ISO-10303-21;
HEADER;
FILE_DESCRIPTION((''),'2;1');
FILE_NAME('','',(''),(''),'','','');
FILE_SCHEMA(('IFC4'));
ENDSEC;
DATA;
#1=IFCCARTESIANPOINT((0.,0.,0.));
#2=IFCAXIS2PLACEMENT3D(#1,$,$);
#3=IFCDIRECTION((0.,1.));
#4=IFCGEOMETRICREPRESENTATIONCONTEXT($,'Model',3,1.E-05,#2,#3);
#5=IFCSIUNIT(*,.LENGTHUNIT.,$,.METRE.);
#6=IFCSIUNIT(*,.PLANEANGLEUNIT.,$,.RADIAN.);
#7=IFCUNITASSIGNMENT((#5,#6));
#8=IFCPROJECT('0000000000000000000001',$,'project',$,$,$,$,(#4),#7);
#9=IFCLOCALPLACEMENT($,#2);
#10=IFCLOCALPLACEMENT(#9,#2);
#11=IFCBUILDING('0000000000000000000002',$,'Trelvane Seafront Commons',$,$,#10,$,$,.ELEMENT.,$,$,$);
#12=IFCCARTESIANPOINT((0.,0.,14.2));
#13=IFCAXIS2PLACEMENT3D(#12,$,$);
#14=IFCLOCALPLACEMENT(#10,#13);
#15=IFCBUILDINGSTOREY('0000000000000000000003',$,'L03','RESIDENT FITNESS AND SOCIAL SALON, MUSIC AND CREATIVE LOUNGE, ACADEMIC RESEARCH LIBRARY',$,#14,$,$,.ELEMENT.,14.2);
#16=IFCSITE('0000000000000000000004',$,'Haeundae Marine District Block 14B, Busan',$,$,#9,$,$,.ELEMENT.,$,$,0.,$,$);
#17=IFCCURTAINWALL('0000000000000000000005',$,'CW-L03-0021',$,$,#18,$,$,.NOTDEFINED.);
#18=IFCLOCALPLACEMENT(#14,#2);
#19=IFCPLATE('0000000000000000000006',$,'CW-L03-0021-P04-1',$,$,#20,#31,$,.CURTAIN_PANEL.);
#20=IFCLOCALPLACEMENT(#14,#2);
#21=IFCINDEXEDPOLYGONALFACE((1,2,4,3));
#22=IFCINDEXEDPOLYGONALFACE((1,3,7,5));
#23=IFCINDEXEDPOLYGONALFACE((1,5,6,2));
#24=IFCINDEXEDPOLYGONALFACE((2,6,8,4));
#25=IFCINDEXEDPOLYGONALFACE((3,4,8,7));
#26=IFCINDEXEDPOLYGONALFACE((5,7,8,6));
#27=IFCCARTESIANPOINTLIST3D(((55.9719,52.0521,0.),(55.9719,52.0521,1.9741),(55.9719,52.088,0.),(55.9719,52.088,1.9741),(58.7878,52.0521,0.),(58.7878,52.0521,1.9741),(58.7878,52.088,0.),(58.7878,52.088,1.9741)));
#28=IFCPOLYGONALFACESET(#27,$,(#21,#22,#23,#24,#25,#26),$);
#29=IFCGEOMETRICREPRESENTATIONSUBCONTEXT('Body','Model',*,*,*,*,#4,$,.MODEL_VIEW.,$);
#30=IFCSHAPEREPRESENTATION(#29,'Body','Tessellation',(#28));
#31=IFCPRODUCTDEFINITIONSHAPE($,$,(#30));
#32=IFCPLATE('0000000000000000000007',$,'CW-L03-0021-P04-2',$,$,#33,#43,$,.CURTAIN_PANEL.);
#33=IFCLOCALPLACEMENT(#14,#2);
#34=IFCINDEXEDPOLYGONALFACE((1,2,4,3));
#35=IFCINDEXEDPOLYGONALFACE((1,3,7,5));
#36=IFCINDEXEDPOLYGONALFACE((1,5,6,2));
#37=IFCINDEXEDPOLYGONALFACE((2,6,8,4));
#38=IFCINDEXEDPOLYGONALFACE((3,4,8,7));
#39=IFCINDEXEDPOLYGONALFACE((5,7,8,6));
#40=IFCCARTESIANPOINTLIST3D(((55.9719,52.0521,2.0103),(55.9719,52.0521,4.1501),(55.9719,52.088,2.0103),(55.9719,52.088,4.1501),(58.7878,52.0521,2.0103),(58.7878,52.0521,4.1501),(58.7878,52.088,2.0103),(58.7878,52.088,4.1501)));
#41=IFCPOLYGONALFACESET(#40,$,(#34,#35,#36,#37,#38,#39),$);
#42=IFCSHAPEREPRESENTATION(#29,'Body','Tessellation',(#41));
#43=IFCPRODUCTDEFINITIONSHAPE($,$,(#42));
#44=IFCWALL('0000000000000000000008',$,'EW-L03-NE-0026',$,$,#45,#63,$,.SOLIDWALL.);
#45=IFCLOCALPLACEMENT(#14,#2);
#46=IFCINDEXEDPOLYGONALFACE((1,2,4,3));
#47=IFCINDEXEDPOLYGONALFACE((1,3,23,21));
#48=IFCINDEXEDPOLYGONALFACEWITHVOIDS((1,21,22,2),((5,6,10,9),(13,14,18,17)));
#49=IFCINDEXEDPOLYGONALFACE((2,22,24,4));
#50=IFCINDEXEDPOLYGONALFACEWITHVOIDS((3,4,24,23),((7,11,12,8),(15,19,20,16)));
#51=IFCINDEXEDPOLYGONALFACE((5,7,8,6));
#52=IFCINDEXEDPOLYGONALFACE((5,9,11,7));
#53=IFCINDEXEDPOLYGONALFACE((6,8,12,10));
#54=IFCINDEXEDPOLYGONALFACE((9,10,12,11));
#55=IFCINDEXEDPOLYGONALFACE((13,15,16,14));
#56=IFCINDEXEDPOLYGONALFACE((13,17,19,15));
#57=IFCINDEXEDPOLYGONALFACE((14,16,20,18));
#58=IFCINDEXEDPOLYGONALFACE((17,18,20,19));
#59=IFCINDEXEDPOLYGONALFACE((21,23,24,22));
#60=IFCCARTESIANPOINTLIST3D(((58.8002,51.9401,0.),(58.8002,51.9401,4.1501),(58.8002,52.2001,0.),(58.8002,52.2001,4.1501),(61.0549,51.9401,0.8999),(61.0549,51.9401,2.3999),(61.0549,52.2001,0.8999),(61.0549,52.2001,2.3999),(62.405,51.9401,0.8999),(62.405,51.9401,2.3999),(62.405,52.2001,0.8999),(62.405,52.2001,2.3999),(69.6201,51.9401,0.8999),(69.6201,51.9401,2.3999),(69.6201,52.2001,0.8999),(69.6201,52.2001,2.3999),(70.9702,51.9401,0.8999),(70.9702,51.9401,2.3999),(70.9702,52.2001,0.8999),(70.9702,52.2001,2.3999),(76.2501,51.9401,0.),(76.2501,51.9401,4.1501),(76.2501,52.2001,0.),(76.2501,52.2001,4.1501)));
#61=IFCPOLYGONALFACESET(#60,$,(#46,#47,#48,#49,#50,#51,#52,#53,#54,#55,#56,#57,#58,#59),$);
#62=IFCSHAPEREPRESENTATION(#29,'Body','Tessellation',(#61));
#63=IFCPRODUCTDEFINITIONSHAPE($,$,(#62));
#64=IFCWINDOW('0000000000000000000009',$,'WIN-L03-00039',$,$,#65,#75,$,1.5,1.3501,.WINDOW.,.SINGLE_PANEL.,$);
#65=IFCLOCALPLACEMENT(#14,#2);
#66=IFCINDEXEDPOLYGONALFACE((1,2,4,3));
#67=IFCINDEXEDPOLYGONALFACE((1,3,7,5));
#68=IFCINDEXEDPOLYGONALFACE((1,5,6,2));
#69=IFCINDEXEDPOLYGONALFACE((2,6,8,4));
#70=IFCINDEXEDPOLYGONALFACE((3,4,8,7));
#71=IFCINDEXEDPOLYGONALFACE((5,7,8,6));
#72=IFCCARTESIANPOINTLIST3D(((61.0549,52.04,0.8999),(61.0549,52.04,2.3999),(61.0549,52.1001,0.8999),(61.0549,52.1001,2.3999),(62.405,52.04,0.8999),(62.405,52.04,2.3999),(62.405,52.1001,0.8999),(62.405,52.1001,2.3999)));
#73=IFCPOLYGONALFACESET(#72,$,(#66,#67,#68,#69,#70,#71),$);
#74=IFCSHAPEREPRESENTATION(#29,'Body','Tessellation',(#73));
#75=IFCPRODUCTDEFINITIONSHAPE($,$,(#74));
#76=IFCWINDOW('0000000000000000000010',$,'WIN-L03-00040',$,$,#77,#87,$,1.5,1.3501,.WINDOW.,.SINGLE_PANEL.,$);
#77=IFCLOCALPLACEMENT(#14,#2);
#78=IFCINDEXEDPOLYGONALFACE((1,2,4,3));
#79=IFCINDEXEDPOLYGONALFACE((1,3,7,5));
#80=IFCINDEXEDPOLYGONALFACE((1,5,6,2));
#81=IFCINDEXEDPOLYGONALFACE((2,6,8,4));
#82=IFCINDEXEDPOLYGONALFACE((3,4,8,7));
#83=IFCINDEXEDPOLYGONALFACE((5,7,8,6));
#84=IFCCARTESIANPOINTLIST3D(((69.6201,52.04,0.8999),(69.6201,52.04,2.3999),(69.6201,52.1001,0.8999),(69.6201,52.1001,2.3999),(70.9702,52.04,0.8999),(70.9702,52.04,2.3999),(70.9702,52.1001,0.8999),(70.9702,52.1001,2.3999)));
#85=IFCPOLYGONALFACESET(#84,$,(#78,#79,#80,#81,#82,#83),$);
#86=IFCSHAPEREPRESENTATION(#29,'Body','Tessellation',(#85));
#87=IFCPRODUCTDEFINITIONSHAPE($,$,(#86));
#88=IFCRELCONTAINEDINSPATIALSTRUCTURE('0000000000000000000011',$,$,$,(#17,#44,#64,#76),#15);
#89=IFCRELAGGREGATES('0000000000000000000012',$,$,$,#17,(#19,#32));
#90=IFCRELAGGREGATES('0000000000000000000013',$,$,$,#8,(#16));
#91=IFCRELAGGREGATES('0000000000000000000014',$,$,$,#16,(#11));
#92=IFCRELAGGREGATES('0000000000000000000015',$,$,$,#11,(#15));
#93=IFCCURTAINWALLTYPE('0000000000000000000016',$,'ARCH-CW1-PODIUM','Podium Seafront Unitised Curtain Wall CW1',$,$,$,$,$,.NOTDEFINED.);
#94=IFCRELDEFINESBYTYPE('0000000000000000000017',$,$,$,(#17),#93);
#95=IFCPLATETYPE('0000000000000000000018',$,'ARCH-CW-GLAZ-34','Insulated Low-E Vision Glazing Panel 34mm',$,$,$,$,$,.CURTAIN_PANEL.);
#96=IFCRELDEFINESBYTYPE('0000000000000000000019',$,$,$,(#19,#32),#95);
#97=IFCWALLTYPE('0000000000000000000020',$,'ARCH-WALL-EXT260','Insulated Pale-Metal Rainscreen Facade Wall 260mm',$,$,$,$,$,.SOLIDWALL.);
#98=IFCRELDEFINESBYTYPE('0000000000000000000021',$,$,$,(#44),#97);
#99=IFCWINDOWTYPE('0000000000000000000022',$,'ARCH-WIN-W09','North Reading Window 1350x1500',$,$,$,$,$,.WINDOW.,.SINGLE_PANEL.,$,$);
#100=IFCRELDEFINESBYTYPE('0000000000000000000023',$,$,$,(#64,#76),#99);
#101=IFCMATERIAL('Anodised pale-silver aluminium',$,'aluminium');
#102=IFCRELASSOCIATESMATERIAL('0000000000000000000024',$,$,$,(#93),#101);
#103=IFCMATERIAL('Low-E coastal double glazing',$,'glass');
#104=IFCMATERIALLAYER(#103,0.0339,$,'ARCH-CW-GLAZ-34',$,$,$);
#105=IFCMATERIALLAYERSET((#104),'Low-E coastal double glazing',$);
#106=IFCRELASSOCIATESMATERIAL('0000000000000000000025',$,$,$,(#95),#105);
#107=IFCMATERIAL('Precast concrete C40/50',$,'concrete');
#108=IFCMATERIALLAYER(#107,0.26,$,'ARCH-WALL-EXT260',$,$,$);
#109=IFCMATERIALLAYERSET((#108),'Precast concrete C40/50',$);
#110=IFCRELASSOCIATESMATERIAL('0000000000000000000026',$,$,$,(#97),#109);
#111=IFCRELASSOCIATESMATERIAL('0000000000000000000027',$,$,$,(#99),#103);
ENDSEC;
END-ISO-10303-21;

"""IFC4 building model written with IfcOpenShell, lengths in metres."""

from ifc_helpers import new_model, si_unit, direction, frame, frame_2d, origin, origin_2d, place, context, subcontext, project, spatial, rectangle, extrude, source, transform, mapped, material, layer, layer_set, type_object, element, fill, aggregate, save


model = new_model("IFC4")

# Units and contexts
model_context = context("Model", 3, precision=1e-05, world=origin(), true_north=direction((0.0, 1.0)))
body_context = subcontext(model_context, "Body", "Model", "MODEL_VIEW")
ifc_project = project(units=[si_unit("LENGTHUNIT", "METRE"), si_unit("PLANEANGLEUNIT", "RADIAN")], contexts=[model_context])

# Site, building, storey
site_placement = place(None, origin())
site = spatial("IfcSite", under=ifc_project, at=site_placement, Name="Haeundae Marine District Block 14B, Busan", CompositionType="ELEMENT", RefElevation=0.0)
building_placement = place(site_placement, origin())
building = spatial("IfcBuilding", under=site, at=building_placement, Name="Trelvane Seafront Commons", CompositionType="ELEMENT")
storey_placement = place(building_placement, frame((0.0, 0.0, 14.2)))
storey = spatial("IfcBuildingStorey", under=building, at=storey_placement, Name="L03", Description="RESIDENT FITNESS AND SOCIAL SALON, MUSIC AND CREATIVE LOUNGE, ACADEMIC RESEARCH LIBRARY", CompositionType="ELEMENT", Elevation=14.2)

# Curtain wall, plates
ifc_material_1 = material(Name="Anodised pale-silver aluminium", Category="aluminium")
curtain_wall_type = type_object("IfcCurtainWallType", Name="ARCH-CW1-PODIUM", Description="Podium Seafront Unitised Curtain Wall CW1", PredefinedType="NOTDEFINED", material=ifc_material_1)
curtain_wall_placement = place(storey_placement, origin())
curtain_wall = element("IfcCurtainWall", 1, at=curtain_wall_placement, inside=storey, type_object=curtain_wall_type, Name="CW-L03-0021", PredefinedType="NOTDEFINED")
ifc_material_2 = material(Name="Low-E coastal double glazing", Category="glass")
ifc_layer_1 = layer(ifc_material_2, 0.0339, Name="ARCH-CW-GLAZ-34")
ifc_layer_set_1 = layer_set([ifc_layer_1], Name="Low-E coastal double glazing")
plate_type = type_object("IfcPlateType", Name="ARCH-CW-GLAZ-34", Description="Insulated Low-E Vision Glazing Panel 34mm", PredefinedType="CURTAIN_PANEL", material=ifc_layer_set_1)
shared_shape_1 = source(origin(), body_context, "Body", "SweptSolid", [
    extrude(rectangle(XDim=2.8159, YDim=0.0359, at=origin_2d()), origin(), (0.0, 0.0, 1.0), 1.9741),
])
plate_1_placement = place(storey_placement, frame((57.3799, 52.0701, 0.0), z_axis=(0.0, 0.0, 1.0), x_axis=(1.0, 0.0, 0.0)))
plate_1 = element("IfcPlate", 2, at=plate_1_placement, type_object=plate_type, Name="CW-L03-0021-P04-1", PredefinedType="CURTAIN_PANEL", context=body_context, shape_type="MappedRepresentation", body=[
    mapped(shared_shape_1, transform((0.0, 0.0, 0.0), x_axis=(1.0, 0.0, 0.0), y_axis=(0.0, 1.0, 0.0), z_axis=(0.0, 0.0, 1.0), scale=1.0)),
])
shared_shape_2 = source(origin(), body_context, "Body", "SweptSolid", [
    extrude(rectangle(XDim=2.8159, YDim=0.0359, at=origin_2d()), origin(), (0.0, 0.0, 1.0), 2.1399),
])
plate_2_placement = place(storey_placement, frame((57.3799, 52.0701, 2.0103), z_axis=(0.0, 0.0, 1.0), x_axis=(1.0, 0.0, 0.0)))
plate_2 = element("IfcPlate", 3, at=plate_2_placement, type_object=plate_type, Name="CW-L03-0021-P04-2", PredefinedType="CURTAIN_PANEL", context=body_context, shape_type="MappedRepresentation", body=[
    mapped(shared_shape_2, transform((0.0, 0.0, 0.0), x_axis=(1.0, 0.0, 0.0), y_axis=(0.0, 1.0, 0.0), z_axis=(0.0, 0.0, 1.0), scale=1.0)),
])
aggregate(curtain_wall, [plate_1, plate_2])

# Wall, openings, windows
ifc_material_3 = material(Name="Precast concrete C40/50", Category="concrete")
ifc_layer_2 = layer(ifc_material_3, 0.26, Name="ARCH-WALL-EXT260")
ifc_layer_set_2 = layer_set([ifc_layer_2], Name="Precast concrete C40/50")
wall_type_1 = type_object("IfcWallType", Name="ARCH-WALL-EXT260", Description="Insulated Pale-Metal Rainscreen Facade Wall 260mm", PredefinedType="SOLIDWALL", material=ifc_layer_set_2)
wall_1_placement = place(storey_placement, frame((58.8, 52.0701, 0.0), z_axis=(0.0, 0.0, 1.0), x_axis=(1.0, 0.0, 0.0)))
wall_1 = element("IfcWall", 4, at=wall_1_placement, inside=storey, type_object=wall_type_1, Name="EW-L03-NE-0026", PredefinedType="SOLIDWALL", context=body_context, shape_type="SweptSolid", body=[
    extrude(rectangle(XDim=17.45, YDim=0.26, at=frame_2d((8.7251, 0.0))), origin(), (0.0, 0.0, 1.0), 4.1501),
])
opening_1_placement = place(wall_1_placement, frame((2.2549, 0.0, 0.8999)))
opening_1 = element("IfcOpeningElement", 5, at=opening_1_placement, cuts=wall_1, PredefinedType="OPENING", context=body_context, shape_type="SweptSolid", body=[
    extrude(rectangle(XDim=1.3501, YDim=1.5, at=frame_2d((0.675, 0.75))), frame((0.0, 0.1399, 0.0), z_axis=(0.0, -1.0, 0.0), x_axis=(1.0, 0.0, 0.0)), (0.0, 0.0, 1.0), 0.28),
])
opening_2_placement = place(wall_1_placement, frame((10.8201, 0.0, 0.8999)))
opening_2 = element("IfcOpeningElement", 6, at=opening_2_placement, cuts=wall_1, PredefinedType="OPENING", context=body_context, shape_type="SweptSolid", body=[
    extrude(rectangle(XDim=1.3501, YDim=1.5, at=frame_2d((0.675, 0.75))), frame((0.0, 0.1399, 0.0), z_axis=(0.0, -1.0, 0.0), x_axis=(1.0, 0.0, 0.0)), (0.0, 0.0, 1.0), 0.28),
])
window_type_1 = type_object("IfcWindowType", Name="ARCH-WIN-W09", Description="North Reading Window 1350x1500", PartitioningType="SINGLE_PANEL", PredefinedType="WINDOW", material=ifc_material_2)
shared_shape_3 = source(origin(), body_context, "Body", "SweptSolid", [
    extrude(rectangle(XDim=1.3501, YDim=1.5, at=frame_2d((0.675, 0.75))), frame((0.0, 0.03, 0.0), z_axis=(0.0, -1.0, 0.0), x_axis=(1.0, 0.0, 0.0)), (0.0, 0.0, 1.0), 0.0601),
])
window_1_placement = place(opening_1_placement, origin())
window_1 = element("IfcWindow", 7, at=window_1_placement, inside=storey, type_object=window_type_1, Name="WIN-L03-00039", OverallHeight=1.5, OverallWidth=1.3501, PartitioningType="SINGLE_PANEL", PredefinedType="WINDOW", context=body_context, shape_type="MappedRepresentation", body=[
    mapped(shared_shape_3, transform((0.0, 0.0, 0.0), x_axis=(1.0, 0.0, 0.0), y_axis=(0.0, 1.0, 0.0), z_axis=(0.0, 0.0, 1.0), scale=1.0)),
])
fill(opening_1, window_1)
window_2_placement = place(opening_2_placement, origin())
window_2 = element("IfcWindow", 8, at=window_2_placement, inside=storey, type_object=window_type_1, Name="WIN-L03-00040", OverallHeight=1.5, OverallWidth=1.3501, PartitioningType="SINGLE_PANEL", PredefinedType="WINDOW", context=body_context, shape_type="MappedRepresentation", body=[
    mapped(shared_shape_3, transform((0.0, 0.0, 0.0), x_axis=(1.0, 0.0, 0.0), y_axis=(0.0, 1.0, 0.0), z_axis=(0.0, 0.0, 1.0), scale=1.0)),
])
fill(opening_2, window_2)

save(model, "model.ifc")
